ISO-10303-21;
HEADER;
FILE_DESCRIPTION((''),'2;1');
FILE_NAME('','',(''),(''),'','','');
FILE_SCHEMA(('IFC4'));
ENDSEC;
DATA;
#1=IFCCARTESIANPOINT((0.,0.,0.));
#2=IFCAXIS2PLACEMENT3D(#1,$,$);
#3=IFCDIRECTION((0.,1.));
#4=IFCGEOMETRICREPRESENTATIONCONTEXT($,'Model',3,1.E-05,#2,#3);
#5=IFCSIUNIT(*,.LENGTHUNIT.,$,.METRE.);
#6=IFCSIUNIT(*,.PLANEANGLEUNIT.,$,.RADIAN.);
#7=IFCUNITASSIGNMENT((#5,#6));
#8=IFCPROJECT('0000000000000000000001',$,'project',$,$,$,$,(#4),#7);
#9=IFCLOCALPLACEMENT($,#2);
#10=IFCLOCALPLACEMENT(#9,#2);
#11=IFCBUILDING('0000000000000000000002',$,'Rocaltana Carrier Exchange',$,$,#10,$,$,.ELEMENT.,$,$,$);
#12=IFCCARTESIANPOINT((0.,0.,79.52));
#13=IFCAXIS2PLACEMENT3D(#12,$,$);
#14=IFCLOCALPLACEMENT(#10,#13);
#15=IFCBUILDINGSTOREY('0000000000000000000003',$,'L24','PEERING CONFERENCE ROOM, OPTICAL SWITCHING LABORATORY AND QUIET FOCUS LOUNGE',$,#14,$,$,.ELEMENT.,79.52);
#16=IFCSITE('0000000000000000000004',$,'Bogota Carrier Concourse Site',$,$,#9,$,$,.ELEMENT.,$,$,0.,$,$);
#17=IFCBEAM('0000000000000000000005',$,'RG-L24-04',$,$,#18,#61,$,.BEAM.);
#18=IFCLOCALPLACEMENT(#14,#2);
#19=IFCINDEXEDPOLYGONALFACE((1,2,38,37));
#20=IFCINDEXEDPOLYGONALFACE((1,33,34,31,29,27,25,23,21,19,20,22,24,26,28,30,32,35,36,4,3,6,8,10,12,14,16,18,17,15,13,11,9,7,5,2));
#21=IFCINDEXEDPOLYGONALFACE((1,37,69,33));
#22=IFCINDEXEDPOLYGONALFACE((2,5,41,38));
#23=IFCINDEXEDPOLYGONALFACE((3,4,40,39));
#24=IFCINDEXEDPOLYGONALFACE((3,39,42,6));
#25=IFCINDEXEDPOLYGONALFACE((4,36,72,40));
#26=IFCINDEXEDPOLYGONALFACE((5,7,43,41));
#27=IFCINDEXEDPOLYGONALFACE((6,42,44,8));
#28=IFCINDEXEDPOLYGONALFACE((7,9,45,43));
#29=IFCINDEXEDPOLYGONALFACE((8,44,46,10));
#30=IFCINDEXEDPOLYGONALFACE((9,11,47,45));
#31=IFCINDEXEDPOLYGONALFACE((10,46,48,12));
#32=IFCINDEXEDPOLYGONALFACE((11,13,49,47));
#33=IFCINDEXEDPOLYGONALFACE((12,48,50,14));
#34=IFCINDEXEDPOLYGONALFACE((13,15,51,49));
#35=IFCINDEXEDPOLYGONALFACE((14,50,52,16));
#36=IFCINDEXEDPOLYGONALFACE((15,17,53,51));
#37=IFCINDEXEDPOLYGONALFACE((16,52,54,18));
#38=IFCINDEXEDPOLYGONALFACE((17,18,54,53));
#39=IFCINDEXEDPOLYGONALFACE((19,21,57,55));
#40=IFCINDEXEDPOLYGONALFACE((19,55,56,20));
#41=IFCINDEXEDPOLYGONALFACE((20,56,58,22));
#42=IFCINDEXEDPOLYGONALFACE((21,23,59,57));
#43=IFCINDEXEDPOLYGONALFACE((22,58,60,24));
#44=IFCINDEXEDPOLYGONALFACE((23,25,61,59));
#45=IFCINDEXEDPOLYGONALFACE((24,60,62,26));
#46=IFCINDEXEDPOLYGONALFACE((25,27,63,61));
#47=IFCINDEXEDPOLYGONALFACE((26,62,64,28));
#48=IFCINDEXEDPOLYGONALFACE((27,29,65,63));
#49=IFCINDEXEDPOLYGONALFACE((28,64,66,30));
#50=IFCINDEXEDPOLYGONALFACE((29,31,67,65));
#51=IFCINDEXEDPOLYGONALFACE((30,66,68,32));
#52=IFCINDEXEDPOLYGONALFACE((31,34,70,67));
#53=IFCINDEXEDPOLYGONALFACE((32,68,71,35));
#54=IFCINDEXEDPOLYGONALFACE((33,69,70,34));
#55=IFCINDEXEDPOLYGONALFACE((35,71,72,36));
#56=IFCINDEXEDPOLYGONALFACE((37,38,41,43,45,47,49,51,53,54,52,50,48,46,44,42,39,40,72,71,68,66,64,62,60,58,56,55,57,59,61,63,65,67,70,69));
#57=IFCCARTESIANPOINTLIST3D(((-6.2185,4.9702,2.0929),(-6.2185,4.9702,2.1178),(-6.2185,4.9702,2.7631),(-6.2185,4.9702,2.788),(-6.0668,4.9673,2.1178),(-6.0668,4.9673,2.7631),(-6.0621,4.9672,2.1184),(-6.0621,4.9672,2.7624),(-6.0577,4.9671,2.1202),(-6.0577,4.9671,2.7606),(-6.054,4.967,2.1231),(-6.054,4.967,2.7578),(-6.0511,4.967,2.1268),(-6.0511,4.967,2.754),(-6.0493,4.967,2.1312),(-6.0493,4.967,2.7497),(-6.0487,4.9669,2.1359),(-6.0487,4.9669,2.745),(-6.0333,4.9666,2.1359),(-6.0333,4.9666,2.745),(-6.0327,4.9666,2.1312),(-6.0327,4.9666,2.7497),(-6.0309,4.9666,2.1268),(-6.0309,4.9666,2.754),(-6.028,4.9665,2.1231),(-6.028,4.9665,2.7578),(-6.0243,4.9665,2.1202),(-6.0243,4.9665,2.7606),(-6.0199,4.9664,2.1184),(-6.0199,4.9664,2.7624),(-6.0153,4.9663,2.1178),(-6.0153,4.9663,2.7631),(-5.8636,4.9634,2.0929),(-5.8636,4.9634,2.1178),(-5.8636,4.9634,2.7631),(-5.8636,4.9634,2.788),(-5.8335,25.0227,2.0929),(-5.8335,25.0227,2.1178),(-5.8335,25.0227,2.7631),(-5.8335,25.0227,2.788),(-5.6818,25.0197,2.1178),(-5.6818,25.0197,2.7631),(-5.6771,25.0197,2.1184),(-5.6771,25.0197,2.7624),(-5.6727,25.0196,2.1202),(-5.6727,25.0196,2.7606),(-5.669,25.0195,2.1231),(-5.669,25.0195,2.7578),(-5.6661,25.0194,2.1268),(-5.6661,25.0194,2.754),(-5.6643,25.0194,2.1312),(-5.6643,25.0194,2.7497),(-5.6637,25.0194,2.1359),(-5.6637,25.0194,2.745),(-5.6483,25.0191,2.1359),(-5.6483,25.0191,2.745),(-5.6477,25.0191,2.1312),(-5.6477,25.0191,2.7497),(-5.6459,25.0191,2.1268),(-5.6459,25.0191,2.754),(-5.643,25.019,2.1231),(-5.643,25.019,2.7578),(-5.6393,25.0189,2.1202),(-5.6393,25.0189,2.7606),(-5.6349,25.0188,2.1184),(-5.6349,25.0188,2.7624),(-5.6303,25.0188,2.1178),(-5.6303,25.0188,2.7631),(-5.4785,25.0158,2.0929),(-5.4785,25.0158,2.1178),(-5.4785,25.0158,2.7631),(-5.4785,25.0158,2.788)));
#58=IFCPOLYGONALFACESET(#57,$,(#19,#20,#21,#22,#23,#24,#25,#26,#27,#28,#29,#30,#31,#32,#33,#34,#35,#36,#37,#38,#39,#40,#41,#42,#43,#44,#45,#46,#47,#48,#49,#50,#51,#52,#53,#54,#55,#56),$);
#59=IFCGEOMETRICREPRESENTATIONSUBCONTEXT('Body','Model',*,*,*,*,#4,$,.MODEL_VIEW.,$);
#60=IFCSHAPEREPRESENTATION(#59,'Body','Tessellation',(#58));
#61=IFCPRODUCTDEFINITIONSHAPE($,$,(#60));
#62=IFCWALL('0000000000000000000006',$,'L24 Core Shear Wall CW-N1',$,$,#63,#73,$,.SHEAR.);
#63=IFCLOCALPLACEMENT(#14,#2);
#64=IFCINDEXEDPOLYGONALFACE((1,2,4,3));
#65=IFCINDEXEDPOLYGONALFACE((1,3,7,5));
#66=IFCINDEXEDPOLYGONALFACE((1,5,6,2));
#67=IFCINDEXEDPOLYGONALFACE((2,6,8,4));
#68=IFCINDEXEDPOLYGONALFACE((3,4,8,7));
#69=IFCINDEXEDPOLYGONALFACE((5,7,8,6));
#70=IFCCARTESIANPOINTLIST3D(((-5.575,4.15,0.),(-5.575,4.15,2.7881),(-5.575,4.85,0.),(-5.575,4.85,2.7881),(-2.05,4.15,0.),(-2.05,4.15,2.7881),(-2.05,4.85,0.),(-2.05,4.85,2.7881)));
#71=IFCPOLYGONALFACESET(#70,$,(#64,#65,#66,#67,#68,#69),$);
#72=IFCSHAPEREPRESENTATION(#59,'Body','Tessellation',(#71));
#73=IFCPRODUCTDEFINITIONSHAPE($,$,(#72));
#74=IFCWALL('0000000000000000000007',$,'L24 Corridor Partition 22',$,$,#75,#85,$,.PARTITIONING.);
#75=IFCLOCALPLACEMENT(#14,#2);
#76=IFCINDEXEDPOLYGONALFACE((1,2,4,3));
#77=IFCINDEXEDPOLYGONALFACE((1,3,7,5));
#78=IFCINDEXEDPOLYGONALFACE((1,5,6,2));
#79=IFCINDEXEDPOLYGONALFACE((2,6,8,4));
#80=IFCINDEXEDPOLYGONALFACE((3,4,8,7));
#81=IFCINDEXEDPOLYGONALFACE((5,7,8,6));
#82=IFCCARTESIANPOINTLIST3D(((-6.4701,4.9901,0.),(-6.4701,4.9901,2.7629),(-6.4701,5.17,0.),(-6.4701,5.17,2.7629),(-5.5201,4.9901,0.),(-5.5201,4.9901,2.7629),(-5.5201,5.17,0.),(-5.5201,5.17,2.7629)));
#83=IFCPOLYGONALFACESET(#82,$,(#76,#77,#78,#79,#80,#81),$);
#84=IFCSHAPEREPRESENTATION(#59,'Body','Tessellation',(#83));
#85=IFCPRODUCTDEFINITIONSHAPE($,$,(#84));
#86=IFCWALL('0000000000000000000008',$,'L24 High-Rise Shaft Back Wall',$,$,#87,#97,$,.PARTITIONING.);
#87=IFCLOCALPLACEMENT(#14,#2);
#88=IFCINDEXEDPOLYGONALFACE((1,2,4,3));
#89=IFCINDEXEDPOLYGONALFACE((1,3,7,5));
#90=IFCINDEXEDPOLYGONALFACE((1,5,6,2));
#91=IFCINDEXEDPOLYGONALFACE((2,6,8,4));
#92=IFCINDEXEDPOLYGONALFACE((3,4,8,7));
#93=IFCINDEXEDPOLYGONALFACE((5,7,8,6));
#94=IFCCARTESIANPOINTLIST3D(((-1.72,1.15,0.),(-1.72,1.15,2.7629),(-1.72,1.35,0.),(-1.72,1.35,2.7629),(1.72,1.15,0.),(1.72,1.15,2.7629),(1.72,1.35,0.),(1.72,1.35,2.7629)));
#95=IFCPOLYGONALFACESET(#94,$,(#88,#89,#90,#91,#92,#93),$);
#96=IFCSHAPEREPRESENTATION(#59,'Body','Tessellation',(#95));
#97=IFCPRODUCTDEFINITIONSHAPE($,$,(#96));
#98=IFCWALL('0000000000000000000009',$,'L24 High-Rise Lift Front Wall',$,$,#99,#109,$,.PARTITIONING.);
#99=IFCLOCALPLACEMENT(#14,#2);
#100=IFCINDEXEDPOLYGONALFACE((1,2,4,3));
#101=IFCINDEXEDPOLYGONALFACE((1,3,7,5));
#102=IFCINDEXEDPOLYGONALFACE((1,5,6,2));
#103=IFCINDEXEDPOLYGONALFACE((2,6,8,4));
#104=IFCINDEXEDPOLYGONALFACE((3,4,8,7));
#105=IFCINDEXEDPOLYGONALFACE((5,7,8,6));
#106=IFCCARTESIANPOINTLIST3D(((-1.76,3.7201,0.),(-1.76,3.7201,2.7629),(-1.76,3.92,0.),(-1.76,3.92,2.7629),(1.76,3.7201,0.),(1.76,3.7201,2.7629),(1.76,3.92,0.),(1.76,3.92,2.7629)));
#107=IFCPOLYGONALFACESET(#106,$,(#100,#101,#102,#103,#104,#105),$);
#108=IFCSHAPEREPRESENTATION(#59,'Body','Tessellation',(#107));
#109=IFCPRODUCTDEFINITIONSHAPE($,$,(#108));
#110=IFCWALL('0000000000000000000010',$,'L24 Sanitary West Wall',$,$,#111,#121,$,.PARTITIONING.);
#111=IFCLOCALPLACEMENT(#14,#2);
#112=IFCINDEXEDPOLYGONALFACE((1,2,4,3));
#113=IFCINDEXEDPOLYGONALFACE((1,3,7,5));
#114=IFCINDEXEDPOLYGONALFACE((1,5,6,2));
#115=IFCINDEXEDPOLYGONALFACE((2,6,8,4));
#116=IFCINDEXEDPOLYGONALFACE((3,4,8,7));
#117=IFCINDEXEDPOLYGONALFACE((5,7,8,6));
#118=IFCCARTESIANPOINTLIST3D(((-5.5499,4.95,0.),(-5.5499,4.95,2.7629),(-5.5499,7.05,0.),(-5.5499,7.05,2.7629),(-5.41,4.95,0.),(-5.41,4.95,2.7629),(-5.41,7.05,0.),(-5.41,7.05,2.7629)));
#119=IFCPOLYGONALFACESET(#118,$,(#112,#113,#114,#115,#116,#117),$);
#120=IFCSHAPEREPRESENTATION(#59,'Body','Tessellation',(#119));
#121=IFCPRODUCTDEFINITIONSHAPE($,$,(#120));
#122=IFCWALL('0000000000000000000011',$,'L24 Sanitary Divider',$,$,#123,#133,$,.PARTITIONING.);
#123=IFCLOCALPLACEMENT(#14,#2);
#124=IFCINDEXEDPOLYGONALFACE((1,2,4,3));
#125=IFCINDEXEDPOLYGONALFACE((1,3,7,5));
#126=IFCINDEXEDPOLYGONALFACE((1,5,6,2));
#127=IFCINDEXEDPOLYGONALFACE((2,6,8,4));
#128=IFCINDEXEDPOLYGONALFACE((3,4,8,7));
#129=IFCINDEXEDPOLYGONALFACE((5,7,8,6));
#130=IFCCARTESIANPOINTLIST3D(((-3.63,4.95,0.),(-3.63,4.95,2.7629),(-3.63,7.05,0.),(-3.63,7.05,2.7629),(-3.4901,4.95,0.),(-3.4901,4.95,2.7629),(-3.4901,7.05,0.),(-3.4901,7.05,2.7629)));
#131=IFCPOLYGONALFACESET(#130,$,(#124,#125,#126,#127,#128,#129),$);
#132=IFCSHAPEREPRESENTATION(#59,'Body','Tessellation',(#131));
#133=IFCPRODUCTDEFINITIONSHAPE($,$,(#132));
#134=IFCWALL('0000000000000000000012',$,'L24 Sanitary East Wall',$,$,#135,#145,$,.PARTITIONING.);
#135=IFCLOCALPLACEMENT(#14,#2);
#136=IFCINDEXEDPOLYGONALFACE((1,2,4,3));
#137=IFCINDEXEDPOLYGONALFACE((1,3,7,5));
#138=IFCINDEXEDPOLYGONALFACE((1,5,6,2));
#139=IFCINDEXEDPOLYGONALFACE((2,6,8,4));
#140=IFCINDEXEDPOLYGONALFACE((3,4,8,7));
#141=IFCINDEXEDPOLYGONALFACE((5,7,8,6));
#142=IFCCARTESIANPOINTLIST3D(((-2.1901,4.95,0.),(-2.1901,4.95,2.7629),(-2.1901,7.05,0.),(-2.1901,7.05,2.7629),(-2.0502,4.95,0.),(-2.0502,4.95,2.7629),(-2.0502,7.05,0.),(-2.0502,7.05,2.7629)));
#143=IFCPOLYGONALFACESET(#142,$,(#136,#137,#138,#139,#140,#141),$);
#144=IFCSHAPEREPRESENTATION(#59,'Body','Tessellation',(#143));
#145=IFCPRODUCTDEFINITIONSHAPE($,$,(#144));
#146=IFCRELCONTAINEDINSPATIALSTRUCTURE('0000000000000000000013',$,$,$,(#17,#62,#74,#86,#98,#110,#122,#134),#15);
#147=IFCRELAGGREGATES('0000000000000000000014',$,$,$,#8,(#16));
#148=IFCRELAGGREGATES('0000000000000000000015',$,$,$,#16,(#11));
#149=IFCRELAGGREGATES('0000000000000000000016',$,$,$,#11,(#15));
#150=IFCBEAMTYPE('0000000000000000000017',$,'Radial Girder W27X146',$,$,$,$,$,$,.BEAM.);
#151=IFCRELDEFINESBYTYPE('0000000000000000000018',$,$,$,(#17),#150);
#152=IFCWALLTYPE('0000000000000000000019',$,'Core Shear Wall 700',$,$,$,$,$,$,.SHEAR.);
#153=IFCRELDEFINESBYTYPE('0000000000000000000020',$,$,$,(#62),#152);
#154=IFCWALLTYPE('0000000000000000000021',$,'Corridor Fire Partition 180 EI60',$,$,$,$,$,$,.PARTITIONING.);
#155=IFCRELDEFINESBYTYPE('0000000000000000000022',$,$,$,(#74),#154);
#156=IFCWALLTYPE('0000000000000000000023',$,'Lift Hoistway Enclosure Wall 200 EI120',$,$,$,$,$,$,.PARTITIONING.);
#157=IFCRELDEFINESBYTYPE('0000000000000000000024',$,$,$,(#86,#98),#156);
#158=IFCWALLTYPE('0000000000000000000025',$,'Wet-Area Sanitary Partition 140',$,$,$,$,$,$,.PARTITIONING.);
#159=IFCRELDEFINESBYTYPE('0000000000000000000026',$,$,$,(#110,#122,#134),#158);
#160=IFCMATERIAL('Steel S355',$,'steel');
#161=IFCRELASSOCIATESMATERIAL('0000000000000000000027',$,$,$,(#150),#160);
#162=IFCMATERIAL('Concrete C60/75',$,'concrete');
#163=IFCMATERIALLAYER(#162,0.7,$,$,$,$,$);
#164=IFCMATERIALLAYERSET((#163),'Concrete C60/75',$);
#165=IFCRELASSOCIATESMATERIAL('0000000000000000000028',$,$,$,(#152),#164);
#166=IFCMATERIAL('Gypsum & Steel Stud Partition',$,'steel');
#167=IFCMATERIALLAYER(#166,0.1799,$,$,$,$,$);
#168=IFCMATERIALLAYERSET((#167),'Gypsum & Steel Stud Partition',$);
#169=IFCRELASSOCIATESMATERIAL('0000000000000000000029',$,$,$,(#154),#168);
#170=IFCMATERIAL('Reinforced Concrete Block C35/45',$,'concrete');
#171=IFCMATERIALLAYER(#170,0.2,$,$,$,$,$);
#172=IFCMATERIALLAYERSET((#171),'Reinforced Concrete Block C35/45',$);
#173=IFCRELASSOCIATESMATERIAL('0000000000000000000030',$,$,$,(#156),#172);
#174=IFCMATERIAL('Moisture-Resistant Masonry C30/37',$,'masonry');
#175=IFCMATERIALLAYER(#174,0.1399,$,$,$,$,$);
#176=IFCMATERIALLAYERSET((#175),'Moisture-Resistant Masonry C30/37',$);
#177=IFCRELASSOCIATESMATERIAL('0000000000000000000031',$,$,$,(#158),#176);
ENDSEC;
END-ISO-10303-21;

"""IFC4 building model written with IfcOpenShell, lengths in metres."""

from ifc_helpers import new_model, si_unit, direction, frame, frame_2d, origin, origin_2d, place, context, subcontext, project, spatial, rectangle, i_section, extrude, material, layer, layer_set, material_profile, profile_set, type_object, element, save


model = new_model("IFC4")

# Units and contexts
model_context = context("Model", 3, precision=1e-05, world=origin(), true_north=direction((0.0, 1.0)))
body_context = subcontext(model_context, "Body", "Model", "MODEL_VIEW")
ifc_project = project(units=[si_unit("LENGTHUNIT", "METRE"), si_unit("PLANEANGLEUNIT", "RADIAN")], contexts=[model_context])

# Site, building, storey
site_placement = place(None, origin())
site = spatial("IfcSite", under=ifc_project, at=site_placement, Name="Bogota Carrier Concourse Site", CompositionType="ELEMENT", RefElevation=0.0)
building_placement = place(site_placement, origin())
building = spatial("IfcBuilding", under=site, at=building_placement, Name="Rocaltana Carrier Exchange", CompositionType="ELEMENT")
storey_placement = place(building_placement, frame((0.0, 0.0, 79.52)))
storey = spatial("IfcBuildingStorey", under=building, at=storey_placement, Name="L24", Description="PEERING CONFERENCE ROOM, OPTICAL SWITCHING LABORATORY AND QUIET FOCUS LOUNGE", CompositionType="ELEMENT", Elevation=79.52)

# Beam
ifc_material_1 = material(Name="Steel S355", Category="steel")
ifc_material_profile_1 = material_profile(ifc_material_1, i_section(OverallWidth=0.355, OverallDepth=0.6951, WebThickness=0.0154, FlangeThickness=0.0249, FilletRadius=0.0181, at=origin_2d()), Name="W27X146")
ifc_profile_set_1 = profile_set([ifc_material_profile_1], Name="Steel S355")
beam_type_1 = type_object("IfcBeamType", Name="Radial Girder W27X146", PredefinedType="BEAM", material=ifc_profile_set_1)
beam_1_placement = place(storey_placement, frame((-6.041, 4.9668, 2.4404), z_axis=(0.019197, 0.999816, 0.0), x_axis=(-0.999816, 0.019197, 0.0)))
element("IfcBeam", 1, at=beam_1_placement, inside=storey, type_object=beam_type_1, Name="RG-L24-04", PredefinedType="BEAM", context=body_context, shape_type="SweptSolid", body=[
    extrude(i_section(OverallWidth=0.355, OverallDepth=0.6951, WebThickness=0.0154, FlangeThickness=0.0249, FilletRadius=0.0181, at=origin_2d()), origin(), (0.0, 0.0, 1.0), 20.0562),
])

# Walls
ifc_material_2 = material(Name="Concrete C60/75", Category="concrete")
ifc_layer_1 = layer(ifc_material_2, 0.7)
ifc_layer_set_1 = layer_set([ifc_layer_1], Name="Concrete C60/75")
wall_type_1 = type_object("IfcWallType", Name="Core Shear Wall 700", PredefinedType="SHEAR", material=ifc_layer_set_1)
wall_1_placement = place(storey_placement, frame((-5.575, 4.5, 0.0), z_axis=(0.0, 0.0, 1.0), x_axis=(1.0, 0.0, 0.0)))
element("IfcWall", 2, at=wall_1_placement, inside=storey, type_object=wall_type_1, Name="L24 Core Shear Wall CW-N1", PredefinedType="SHEAR", context=body_context, shape_type="SweptSolid", body=[
    extrude(rectangle(XDim=3.5249, YDim=0.7, at=frame_2d((1.7625, 0.0))), origin(), (0.0, 0.0, 1.0), 2.7881),
])
ifc_material_3 = material(Name="Gypsum & Steel Stud Partition", Category="steel")
ifc_layer_2 = layer(ifc_material_3, 0.1799)
ifc_layer_set_2 = layer_set([ifc_layer_2], Name="Gypsum & Steel Stud Partition")
wall_type_2 = type_object("IfcWallType", Name="Corridor Fire Partition 180 EI60", PredefinedType="PARTITIONING", material=ifc_layer_set_2)
wall_2_placement = place(storey_placement, frame((-5.52, 5.0801, 0.0), z_axis=(0.0, 0.0, 1.0), x_axis=(-1.0, 0.0, 0.0)))
element("IfcWall", 3, at=wall_2_placement, inside=storey, type_object=wall_type_2, Name="L24 Corridor Partition 22", PredefinedType="PARTITIONING", context=body_context, shape_type="SweptSolid", body=[
    extrude(rectangle(XDim=0.95, YDim=0.1799, at=frame_2d((0.4751, 0.0))), origin(), (0.0, 0.0, 1.0), 2.7629),
])
ifc_material_4 = material(Name="Reinforced Concrete Block C35/45", Category="concrete")
ifc_layer_3 = layer(ifc_material_4, 0.2)
ifc_layer_set_3 = layer_set([ifc_layer_3], Name="Reinforced Concrete Block C35/45")
wall_type_3 = type_object("IfcWallType", Name="Lift Hoistway Enclosure Wall 200 EI120", PredefinedType="PARTITIONING", material=ifc_layer_set_3)
wall_3_placement = place(storey_placement, frame((-1.72, 1.25, 0.0), z_axis=(0.0, 0.0, 1.0), x_axis=(1.0, 0.0, 0.0)))
element("IfcWall", 4, at=wall_3_placement, inside=storey, type_object=wall_type_3, Name="L24 High-Rise Shaft Back Wall", PredefinedType="PARTITIONING", context=body_context, shape_type="SweptSolid", body=[
    extrude(rectangle(XDim=3.4399, YDim=0.2, at=frame_2d((1.72, 0.0))), origin(), (0.0, 0.0, 1.0), 2.7629),
])
wall_4_placement = place(storey_placement, frame((-1.76, 3.8201, 0.0), z_axis=(0.0, 0.0, 1.0), x_axis=(1.0, 0.0, 0.0)))
element("IfcWall", 5, at=wall_4_placement, inside=storey, type_object=wall_type_3, Name="L24 High-Rise Lift Front Wall", PredefinedType="PARTITIONING", context=body_context, shape_type="SweptSolid", body=[
    extrude(rectangle(XDim=3.52, YDim=0.2, at=frame_2d((1.76, 0.0))), origin(), (0.0, 0.0, 1.0), 2.7629),
])
ifc_material_5 = material(Name="Moisture-Resistant Masonry C30/37", Category="masonry")
ifc_layer_4 = layer(ifc_material_5, 0.1399)
ifc_layer_set_4 = layer_set([ifc_layer_4], Name="Moisture-Resistant Masonry C30/37")
wall_type_4 = type_object("IfcWallType", Name="Wet-Area Sanitary Partition 140", PredefinedType="PARTITIONING", material=ifc_layer_set_4)
for number, where, z_axis, x_axis, name in (
    (6, (-5.48, 4.95, 0.0), (0.0, 0.0, 1.0), (0.0, 1.0, 0.0), "L24 Sanitary West Wall"),
    (7, (-3.5601, 4.95, 0.0), (0.0, 0.0, 1.0), (0.0, 1.0, 0.0), "L24 Sanitary Divider"),
    (8, (-2.1201, 4.95, 0.0), (0.0, 0.0, 1.0), (0.0, 1.0, 0.0), "L24 Sanitary East Wall"),
):
    element("IfcWall", number, at=place(storey_placement, frame(where, z_axis=z_axis, x_axis=x_axis)), inside=storey, type_object=wall_type_4, Name=name, PredefinedType="PARTITIONING", context=body_context, shape_type="SweptSolid", body=[
        extrude(rectangle(XDim=2.1001, YDim=0.1399, at=frame_2d((1.05, 0.0))), origin(), (0.0, 0.0, 1.0), 2.7629),
    ])

save(model, "model.ifc")
